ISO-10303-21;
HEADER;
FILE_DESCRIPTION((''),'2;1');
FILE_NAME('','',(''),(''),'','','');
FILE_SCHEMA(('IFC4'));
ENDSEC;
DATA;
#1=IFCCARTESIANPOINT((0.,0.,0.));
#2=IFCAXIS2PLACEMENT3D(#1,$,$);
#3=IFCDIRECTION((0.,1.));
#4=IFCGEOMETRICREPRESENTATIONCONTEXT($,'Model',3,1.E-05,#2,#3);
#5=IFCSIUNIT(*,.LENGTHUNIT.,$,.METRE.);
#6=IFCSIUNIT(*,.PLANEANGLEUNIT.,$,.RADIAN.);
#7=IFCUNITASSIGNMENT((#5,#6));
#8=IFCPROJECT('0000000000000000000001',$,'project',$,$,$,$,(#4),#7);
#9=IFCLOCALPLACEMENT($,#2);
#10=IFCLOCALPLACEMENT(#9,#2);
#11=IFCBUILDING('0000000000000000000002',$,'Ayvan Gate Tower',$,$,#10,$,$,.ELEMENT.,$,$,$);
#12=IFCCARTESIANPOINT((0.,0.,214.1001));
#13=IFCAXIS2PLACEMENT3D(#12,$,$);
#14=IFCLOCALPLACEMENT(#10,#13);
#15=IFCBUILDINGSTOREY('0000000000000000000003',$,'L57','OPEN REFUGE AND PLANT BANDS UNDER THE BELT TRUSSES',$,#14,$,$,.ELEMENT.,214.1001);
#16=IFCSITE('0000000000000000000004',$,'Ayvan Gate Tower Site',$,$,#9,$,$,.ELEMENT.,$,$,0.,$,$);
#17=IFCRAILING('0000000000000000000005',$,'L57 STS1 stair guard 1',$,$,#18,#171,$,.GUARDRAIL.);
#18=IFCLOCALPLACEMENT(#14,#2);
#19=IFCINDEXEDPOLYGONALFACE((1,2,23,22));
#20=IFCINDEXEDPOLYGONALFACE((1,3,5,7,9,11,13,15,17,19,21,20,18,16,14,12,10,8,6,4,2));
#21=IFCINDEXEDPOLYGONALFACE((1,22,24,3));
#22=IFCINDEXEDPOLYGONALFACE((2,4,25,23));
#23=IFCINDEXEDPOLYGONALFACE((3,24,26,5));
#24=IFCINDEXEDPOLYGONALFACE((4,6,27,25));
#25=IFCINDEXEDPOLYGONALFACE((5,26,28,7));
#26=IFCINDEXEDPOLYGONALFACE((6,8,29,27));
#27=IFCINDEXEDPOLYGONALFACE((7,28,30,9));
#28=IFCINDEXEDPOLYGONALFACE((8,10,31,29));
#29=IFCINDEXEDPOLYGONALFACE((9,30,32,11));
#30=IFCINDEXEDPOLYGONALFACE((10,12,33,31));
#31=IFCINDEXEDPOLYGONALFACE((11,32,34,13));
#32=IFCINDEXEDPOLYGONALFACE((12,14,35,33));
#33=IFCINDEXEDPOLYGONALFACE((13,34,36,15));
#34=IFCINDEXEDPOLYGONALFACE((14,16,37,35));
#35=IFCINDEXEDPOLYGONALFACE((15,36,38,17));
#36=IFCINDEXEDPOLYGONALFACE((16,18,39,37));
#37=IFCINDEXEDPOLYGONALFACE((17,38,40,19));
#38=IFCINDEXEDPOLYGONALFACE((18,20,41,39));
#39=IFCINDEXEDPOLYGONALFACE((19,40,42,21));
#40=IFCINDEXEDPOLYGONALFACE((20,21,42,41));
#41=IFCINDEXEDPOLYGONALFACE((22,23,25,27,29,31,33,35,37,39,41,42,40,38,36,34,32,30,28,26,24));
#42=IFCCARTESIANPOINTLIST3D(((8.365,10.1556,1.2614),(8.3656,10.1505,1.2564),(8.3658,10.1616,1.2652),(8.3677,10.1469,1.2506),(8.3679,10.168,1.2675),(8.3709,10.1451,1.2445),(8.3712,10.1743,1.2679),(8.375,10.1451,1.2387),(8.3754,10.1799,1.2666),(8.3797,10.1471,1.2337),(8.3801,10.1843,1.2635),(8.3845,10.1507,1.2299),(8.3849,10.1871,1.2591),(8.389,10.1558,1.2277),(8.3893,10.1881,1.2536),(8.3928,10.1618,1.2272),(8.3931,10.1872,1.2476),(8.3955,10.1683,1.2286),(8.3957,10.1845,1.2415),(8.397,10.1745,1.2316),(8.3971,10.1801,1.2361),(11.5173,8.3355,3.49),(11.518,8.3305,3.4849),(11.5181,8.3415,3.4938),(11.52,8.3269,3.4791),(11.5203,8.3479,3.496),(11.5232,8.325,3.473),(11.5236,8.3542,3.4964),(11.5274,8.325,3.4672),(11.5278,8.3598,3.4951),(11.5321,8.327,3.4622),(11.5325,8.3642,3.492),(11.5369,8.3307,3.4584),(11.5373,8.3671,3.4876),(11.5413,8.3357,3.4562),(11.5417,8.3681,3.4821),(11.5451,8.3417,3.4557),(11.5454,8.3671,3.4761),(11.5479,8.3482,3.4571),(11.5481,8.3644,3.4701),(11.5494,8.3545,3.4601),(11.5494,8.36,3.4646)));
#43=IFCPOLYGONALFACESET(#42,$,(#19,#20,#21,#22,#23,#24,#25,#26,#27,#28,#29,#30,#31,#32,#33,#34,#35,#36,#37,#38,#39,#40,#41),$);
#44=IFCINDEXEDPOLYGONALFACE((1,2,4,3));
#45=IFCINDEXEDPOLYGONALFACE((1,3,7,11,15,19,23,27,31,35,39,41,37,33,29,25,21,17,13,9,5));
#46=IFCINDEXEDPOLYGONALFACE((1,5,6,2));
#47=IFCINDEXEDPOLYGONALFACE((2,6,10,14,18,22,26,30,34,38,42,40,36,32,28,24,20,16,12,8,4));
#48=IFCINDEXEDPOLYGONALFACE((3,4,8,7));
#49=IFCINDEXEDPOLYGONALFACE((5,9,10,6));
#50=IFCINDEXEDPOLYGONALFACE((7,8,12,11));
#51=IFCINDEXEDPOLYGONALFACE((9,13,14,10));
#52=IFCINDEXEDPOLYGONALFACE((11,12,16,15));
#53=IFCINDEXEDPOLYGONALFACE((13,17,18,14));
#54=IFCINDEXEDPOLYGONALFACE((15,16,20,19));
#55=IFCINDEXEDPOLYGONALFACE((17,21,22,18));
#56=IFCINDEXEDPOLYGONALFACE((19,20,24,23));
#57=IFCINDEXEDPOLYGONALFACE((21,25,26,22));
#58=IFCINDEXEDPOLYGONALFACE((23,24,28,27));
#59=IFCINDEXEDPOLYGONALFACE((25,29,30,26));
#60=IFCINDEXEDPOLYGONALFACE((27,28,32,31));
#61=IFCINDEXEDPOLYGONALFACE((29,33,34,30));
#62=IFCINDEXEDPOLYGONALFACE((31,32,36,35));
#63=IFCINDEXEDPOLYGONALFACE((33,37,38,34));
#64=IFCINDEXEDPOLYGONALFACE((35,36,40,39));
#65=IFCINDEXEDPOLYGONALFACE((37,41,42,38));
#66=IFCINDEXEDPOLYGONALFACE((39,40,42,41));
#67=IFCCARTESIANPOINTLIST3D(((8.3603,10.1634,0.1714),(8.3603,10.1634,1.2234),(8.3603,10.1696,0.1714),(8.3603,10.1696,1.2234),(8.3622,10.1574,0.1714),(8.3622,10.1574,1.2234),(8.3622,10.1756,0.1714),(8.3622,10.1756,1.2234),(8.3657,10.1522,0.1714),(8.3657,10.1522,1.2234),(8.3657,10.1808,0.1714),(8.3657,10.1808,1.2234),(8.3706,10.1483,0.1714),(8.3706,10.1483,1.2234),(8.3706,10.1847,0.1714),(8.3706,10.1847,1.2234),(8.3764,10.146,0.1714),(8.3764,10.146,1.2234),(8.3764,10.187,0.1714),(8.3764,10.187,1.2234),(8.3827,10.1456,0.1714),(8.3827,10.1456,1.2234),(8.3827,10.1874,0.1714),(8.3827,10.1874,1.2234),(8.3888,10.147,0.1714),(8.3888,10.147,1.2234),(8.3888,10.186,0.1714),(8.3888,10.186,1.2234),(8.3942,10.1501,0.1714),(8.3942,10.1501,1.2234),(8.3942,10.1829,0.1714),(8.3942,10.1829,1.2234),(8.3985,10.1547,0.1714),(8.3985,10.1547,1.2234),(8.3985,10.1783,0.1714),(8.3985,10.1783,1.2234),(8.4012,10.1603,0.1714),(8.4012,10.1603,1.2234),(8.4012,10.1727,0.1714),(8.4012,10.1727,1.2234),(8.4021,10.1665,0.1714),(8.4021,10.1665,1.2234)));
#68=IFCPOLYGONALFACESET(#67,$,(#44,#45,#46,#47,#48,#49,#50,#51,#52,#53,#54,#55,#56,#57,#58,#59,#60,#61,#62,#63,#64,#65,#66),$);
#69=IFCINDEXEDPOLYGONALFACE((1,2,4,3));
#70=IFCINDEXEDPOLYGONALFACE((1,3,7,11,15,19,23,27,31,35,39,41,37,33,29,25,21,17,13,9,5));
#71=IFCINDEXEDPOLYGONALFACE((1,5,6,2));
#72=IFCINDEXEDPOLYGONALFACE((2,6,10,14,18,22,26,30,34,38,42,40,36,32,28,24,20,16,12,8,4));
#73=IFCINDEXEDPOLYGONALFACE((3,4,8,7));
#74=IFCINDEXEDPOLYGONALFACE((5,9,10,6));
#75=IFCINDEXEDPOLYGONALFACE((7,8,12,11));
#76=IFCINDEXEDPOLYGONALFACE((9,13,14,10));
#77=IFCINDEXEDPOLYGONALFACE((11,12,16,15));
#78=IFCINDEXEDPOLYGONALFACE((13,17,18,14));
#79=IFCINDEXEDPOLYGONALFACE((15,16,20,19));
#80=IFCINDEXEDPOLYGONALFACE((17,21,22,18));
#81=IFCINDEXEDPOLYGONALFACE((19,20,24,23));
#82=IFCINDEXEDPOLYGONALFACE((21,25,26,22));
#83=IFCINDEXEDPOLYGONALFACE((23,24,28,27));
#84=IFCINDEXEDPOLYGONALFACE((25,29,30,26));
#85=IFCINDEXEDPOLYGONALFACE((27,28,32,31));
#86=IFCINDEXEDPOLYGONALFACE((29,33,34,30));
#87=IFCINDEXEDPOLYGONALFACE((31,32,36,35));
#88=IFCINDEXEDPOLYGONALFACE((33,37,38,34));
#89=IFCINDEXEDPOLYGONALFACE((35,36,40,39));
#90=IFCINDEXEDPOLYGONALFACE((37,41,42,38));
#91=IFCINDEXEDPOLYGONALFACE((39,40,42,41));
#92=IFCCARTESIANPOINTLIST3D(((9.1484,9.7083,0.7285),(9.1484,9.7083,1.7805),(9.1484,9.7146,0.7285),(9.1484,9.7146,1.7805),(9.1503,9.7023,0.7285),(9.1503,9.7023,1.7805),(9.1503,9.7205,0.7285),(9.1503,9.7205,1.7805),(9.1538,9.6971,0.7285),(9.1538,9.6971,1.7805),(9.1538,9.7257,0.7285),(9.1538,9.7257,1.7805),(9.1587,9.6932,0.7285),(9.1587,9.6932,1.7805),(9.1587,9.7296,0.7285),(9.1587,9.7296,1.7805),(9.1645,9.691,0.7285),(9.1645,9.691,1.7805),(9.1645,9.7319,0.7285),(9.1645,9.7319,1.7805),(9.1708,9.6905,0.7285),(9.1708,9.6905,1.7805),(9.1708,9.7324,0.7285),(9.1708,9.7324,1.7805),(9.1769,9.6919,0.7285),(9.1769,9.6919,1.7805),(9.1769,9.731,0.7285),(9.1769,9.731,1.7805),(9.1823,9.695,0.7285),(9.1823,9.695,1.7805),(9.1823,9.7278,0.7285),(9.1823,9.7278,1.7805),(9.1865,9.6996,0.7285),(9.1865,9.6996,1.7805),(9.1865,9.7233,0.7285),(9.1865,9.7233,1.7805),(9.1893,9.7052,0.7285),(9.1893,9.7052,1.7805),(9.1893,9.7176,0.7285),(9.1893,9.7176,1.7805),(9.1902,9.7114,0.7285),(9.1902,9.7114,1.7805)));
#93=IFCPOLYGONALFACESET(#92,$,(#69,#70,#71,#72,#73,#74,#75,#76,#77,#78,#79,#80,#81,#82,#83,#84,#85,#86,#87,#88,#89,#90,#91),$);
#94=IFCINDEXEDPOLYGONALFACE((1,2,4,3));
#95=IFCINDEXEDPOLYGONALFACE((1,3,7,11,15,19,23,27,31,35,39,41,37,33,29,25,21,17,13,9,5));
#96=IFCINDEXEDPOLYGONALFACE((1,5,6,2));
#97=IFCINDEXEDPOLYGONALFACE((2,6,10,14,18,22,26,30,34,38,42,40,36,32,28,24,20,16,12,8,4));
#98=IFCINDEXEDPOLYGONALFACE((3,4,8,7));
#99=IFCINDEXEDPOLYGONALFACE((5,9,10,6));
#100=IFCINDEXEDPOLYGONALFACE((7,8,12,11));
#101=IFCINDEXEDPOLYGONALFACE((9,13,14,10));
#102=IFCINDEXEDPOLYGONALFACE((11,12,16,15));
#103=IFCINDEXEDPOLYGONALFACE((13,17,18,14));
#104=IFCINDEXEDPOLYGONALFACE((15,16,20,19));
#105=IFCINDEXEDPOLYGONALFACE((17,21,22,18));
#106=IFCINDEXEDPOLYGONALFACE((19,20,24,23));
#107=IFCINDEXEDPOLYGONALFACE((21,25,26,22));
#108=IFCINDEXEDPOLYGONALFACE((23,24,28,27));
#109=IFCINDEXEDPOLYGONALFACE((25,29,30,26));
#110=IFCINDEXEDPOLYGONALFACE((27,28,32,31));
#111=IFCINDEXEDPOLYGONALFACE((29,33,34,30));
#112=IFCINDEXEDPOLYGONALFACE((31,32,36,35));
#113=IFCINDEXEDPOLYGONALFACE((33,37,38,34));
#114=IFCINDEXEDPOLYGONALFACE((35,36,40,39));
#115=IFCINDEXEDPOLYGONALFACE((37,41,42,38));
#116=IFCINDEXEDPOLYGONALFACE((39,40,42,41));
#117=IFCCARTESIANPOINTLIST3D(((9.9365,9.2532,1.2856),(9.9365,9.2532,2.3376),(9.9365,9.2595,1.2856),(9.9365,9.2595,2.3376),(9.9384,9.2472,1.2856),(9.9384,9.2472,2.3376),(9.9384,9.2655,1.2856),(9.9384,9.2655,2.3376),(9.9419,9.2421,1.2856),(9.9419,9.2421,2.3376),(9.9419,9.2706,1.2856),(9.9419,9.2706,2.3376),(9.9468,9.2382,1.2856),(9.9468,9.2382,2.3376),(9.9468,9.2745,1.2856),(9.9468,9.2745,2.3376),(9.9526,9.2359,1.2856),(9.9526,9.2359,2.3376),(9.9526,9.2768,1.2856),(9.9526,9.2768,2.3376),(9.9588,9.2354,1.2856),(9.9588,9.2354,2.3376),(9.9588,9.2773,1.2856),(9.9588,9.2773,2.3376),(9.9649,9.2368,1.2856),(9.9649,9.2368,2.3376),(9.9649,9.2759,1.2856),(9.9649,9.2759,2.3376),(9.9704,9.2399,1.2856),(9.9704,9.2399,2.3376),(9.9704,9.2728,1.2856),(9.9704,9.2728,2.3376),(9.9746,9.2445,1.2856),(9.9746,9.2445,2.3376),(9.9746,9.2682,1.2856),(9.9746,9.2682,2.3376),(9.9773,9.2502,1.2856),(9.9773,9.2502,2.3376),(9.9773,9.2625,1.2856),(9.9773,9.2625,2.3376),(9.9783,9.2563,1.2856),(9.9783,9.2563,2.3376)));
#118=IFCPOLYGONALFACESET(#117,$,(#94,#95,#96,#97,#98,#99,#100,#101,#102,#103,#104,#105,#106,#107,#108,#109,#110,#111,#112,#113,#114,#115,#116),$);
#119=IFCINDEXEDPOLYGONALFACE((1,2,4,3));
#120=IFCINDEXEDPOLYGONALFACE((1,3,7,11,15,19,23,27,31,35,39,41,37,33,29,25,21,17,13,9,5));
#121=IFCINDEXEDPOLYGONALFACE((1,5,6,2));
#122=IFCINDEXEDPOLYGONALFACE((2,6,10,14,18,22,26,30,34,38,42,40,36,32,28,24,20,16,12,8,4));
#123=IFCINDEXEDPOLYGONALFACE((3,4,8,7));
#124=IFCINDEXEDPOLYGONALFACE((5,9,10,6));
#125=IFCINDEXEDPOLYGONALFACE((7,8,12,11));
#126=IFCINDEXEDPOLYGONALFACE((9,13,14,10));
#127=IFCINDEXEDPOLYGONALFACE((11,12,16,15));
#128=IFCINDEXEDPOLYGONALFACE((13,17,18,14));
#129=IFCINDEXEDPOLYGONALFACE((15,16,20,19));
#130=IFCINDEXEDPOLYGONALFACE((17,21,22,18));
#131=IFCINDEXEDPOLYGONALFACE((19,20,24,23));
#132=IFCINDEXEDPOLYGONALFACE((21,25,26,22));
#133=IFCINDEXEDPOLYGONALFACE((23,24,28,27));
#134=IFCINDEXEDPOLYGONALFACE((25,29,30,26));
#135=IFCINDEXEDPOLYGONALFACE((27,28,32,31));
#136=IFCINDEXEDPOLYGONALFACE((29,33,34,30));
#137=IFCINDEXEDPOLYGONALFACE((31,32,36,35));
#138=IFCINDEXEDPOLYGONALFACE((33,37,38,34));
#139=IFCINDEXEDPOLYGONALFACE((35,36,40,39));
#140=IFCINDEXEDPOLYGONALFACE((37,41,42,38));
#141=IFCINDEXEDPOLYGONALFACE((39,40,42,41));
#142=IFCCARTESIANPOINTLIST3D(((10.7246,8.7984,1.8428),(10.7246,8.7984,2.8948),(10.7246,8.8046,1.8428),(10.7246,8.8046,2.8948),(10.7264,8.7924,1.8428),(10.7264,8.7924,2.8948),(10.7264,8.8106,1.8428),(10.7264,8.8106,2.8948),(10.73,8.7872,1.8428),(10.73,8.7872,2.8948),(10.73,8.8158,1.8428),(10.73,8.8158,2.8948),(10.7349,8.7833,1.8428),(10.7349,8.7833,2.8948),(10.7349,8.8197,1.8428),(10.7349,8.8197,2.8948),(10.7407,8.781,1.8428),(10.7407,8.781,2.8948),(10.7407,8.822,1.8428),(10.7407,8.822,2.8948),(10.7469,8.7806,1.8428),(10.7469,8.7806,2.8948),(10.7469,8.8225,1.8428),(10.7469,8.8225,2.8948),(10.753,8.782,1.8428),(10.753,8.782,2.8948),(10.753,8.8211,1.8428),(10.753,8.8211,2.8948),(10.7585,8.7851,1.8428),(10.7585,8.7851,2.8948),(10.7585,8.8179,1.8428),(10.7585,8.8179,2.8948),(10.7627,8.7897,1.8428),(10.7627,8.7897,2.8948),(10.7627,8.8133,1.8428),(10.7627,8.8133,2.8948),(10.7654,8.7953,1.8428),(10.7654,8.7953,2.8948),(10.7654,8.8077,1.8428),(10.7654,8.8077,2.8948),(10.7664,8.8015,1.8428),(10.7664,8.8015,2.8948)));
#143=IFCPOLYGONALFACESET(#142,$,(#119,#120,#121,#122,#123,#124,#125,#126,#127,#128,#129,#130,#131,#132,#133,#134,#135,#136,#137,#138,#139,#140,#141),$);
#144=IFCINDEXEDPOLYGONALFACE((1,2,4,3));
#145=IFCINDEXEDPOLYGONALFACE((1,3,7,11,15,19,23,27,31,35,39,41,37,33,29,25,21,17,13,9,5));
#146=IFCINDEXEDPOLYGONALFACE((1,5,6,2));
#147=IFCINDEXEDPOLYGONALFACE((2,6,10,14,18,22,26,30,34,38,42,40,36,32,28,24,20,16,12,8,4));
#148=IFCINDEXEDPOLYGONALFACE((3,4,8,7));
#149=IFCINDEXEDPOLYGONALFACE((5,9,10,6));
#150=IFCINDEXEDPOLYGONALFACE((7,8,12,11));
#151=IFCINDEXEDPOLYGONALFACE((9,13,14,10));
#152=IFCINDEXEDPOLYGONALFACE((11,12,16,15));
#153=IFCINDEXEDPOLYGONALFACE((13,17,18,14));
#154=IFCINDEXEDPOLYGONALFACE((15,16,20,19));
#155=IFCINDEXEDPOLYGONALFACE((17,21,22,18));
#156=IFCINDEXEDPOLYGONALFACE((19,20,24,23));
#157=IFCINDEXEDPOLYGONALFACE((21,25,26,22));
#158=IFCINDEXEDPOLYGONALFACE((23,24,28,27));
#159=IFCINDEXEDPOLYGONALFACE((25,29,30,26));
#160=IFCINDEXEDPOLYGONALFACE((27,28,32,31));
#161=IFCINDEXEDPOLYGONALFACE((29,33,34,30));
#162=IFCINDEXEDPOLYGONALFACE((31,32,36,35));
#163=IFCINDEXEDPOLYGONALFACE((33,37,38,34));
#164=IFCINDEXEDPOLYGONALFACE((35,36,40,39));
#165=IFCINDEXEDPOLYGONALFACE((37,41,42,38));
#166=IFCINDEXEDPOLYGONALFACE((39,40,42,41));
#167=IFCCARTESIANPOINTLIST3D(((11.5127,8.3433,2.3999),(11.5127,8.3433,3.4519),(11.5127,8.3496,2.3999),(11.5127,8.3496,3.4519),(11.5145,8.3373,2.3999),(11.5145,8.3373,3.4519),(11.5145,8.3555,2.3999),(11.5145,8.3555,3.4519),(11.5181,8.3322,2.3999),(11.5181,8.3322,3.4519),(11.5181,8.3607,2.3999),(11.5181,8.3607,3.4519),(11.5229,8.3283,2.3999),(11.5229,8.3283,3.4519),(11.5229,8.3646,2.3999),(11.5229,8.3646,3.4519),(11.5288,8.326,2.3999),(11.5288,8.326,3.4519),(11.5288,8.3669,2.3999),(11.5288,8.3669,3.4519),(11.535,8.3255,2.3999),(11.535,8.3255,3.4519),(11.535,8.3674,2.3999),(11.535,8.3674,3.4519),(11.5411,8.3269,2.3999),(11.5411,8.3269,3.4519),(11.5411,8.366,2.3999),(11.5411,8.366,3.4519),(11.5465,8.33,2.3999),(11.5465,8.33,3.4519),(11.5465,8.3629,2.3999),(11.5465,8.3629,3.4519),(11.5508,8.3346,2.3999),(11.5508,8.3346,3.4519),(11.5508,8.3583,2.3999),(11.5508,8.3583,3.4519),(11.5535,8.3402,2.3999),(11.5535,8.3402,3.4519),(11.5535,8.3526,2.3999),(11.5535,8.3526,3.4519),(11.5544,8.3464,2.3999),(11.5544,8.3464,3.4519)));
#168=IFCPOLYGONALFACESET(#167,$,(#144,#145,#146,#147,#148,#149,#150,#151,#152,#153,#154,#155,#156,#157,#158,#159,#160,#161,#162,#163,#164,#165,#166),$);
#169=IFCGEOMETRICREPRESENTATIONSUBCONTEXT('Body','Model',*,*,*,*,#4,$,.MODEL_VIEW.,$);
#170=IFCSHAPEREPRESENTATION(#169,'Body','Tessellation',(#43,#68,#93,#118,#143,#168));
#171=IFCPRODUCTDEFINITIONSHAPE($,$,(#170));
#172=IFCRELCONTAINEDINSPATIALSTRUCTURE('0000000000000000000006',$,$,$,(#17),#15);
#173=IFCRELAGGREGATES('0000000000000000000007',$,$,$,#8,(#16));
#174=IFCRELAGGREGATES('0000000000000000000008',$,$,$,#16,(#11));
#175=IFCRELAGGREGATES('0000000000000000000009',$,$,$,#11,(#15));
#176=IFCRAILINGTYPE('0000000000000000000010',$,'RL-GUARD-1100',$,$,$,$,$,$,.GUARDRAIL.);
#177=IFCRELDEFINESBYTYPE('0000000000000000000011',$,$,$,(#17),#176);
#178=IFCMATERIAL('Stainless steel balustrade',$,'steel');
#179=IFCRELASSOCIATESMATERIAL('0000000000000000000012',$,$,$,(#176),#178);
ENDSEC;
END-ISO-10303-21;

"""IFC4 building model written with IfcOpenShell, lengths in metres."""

from ifc_helpers import new_model, si_unit, direction, frame, origin, origin_2d, place, context, subcontext, project, spatial, circle, extrude, material, type_object, element, save


model = new_model("IFC4")

# Units and contexts
model_context = context("Model", 3, precision=1e-05, world=origin(), true_north=direction((0.0, 1.0)))
body_context = subcontext(model_context, "Body", "Model", "MODEL_VIEW")
ifc_project = project(units=[si_unit("LENGTHUNIT", "METRE"), si_unit("PLANEANGLEUNIT", "RADIAN")], contexts=[model_context])

# Site, building, storey
site_placement = place(None, origin())
site = spatial("IfcSite", under=ifc_project, at=site_placement, Name="Ayvan Gate Tower Site", CompositionType="ELEMENT", RefElevation=0.0)
building_placement = place(site_placement, origin())
building = spatial("IfcBuilding", under=site, at=building_placement, Name="Ayvan Gate Tower", CompositionType="ELEMENT")
storey_placement = place(building_placement, frame((0.0, 0.0, 214.1001)))
storey = spatial("IfcBuildingStorey", under=building, at=storey_placement, Name="L57", Description="OPEN REFUGE AND PLANT BANDS UNDER THE BELT TRUSSES", CompositionType="ELEMENT", Elevation=214.1001)

# Railing
ifc_material_1 = material(Name="Stainless steel balustrade", Category="steel")
railing_type_1 = type_object("IfcRailingType", Name="RL-GUARD-1100", PredefinedType="GUARDRAIL", material=ifc_material_1)
railing_1_placement = place(storey_placement, frame((8.3811, 10.1665, 0.1714)))
element("IfcRailing", 1, at=railing_1_placement, inside=storey, type_object=railing_type_1, Name="L57 STS1 stair guard 1", PredefinedType="GUARDRAIL", context=body_context, shape_type="SweptSolid", body=[
    extrude(circle(Radius=0.0239, at=origin_2d()), frame((0.0, 0.0, 1.0762), z_axis=(0.738592, -0.426441, 0.52214), x_axis=(0.500013, 0.866018, 0.0)), (0.0, 0.0, 1.0), 4.2681),
    extrude(circle(Radius=0.021, at=origin_2d()), origin(), (0.0, 0.0, 1.0), 1.052),
    extrude(circle(Radius=0.021, at=origin_2d()), frame((0.7881, -0.4551, 0.5571)), (0.0, 0.0, 1.0), 1.052),
    extrude(circle(Radius=0.021, at=origin_2d()), frame((1.5762, -0.9102, 1.1143)), (0.0, 0.0, 1.0), 1.052),
    extrude(circle(Radius=0.021, at=origin_2d()), frame((2.3643, -1.365, 1.6714)), (0.0, 0.0, 1.0), 1.052),
    extrude(circle(Radius=0.021, at=origin_2d()), frame((3.1523, -1.8201, 2.2285)), (0.0, 0.0, 1.0), 1.052),
])

save(model, "model.ifc")
